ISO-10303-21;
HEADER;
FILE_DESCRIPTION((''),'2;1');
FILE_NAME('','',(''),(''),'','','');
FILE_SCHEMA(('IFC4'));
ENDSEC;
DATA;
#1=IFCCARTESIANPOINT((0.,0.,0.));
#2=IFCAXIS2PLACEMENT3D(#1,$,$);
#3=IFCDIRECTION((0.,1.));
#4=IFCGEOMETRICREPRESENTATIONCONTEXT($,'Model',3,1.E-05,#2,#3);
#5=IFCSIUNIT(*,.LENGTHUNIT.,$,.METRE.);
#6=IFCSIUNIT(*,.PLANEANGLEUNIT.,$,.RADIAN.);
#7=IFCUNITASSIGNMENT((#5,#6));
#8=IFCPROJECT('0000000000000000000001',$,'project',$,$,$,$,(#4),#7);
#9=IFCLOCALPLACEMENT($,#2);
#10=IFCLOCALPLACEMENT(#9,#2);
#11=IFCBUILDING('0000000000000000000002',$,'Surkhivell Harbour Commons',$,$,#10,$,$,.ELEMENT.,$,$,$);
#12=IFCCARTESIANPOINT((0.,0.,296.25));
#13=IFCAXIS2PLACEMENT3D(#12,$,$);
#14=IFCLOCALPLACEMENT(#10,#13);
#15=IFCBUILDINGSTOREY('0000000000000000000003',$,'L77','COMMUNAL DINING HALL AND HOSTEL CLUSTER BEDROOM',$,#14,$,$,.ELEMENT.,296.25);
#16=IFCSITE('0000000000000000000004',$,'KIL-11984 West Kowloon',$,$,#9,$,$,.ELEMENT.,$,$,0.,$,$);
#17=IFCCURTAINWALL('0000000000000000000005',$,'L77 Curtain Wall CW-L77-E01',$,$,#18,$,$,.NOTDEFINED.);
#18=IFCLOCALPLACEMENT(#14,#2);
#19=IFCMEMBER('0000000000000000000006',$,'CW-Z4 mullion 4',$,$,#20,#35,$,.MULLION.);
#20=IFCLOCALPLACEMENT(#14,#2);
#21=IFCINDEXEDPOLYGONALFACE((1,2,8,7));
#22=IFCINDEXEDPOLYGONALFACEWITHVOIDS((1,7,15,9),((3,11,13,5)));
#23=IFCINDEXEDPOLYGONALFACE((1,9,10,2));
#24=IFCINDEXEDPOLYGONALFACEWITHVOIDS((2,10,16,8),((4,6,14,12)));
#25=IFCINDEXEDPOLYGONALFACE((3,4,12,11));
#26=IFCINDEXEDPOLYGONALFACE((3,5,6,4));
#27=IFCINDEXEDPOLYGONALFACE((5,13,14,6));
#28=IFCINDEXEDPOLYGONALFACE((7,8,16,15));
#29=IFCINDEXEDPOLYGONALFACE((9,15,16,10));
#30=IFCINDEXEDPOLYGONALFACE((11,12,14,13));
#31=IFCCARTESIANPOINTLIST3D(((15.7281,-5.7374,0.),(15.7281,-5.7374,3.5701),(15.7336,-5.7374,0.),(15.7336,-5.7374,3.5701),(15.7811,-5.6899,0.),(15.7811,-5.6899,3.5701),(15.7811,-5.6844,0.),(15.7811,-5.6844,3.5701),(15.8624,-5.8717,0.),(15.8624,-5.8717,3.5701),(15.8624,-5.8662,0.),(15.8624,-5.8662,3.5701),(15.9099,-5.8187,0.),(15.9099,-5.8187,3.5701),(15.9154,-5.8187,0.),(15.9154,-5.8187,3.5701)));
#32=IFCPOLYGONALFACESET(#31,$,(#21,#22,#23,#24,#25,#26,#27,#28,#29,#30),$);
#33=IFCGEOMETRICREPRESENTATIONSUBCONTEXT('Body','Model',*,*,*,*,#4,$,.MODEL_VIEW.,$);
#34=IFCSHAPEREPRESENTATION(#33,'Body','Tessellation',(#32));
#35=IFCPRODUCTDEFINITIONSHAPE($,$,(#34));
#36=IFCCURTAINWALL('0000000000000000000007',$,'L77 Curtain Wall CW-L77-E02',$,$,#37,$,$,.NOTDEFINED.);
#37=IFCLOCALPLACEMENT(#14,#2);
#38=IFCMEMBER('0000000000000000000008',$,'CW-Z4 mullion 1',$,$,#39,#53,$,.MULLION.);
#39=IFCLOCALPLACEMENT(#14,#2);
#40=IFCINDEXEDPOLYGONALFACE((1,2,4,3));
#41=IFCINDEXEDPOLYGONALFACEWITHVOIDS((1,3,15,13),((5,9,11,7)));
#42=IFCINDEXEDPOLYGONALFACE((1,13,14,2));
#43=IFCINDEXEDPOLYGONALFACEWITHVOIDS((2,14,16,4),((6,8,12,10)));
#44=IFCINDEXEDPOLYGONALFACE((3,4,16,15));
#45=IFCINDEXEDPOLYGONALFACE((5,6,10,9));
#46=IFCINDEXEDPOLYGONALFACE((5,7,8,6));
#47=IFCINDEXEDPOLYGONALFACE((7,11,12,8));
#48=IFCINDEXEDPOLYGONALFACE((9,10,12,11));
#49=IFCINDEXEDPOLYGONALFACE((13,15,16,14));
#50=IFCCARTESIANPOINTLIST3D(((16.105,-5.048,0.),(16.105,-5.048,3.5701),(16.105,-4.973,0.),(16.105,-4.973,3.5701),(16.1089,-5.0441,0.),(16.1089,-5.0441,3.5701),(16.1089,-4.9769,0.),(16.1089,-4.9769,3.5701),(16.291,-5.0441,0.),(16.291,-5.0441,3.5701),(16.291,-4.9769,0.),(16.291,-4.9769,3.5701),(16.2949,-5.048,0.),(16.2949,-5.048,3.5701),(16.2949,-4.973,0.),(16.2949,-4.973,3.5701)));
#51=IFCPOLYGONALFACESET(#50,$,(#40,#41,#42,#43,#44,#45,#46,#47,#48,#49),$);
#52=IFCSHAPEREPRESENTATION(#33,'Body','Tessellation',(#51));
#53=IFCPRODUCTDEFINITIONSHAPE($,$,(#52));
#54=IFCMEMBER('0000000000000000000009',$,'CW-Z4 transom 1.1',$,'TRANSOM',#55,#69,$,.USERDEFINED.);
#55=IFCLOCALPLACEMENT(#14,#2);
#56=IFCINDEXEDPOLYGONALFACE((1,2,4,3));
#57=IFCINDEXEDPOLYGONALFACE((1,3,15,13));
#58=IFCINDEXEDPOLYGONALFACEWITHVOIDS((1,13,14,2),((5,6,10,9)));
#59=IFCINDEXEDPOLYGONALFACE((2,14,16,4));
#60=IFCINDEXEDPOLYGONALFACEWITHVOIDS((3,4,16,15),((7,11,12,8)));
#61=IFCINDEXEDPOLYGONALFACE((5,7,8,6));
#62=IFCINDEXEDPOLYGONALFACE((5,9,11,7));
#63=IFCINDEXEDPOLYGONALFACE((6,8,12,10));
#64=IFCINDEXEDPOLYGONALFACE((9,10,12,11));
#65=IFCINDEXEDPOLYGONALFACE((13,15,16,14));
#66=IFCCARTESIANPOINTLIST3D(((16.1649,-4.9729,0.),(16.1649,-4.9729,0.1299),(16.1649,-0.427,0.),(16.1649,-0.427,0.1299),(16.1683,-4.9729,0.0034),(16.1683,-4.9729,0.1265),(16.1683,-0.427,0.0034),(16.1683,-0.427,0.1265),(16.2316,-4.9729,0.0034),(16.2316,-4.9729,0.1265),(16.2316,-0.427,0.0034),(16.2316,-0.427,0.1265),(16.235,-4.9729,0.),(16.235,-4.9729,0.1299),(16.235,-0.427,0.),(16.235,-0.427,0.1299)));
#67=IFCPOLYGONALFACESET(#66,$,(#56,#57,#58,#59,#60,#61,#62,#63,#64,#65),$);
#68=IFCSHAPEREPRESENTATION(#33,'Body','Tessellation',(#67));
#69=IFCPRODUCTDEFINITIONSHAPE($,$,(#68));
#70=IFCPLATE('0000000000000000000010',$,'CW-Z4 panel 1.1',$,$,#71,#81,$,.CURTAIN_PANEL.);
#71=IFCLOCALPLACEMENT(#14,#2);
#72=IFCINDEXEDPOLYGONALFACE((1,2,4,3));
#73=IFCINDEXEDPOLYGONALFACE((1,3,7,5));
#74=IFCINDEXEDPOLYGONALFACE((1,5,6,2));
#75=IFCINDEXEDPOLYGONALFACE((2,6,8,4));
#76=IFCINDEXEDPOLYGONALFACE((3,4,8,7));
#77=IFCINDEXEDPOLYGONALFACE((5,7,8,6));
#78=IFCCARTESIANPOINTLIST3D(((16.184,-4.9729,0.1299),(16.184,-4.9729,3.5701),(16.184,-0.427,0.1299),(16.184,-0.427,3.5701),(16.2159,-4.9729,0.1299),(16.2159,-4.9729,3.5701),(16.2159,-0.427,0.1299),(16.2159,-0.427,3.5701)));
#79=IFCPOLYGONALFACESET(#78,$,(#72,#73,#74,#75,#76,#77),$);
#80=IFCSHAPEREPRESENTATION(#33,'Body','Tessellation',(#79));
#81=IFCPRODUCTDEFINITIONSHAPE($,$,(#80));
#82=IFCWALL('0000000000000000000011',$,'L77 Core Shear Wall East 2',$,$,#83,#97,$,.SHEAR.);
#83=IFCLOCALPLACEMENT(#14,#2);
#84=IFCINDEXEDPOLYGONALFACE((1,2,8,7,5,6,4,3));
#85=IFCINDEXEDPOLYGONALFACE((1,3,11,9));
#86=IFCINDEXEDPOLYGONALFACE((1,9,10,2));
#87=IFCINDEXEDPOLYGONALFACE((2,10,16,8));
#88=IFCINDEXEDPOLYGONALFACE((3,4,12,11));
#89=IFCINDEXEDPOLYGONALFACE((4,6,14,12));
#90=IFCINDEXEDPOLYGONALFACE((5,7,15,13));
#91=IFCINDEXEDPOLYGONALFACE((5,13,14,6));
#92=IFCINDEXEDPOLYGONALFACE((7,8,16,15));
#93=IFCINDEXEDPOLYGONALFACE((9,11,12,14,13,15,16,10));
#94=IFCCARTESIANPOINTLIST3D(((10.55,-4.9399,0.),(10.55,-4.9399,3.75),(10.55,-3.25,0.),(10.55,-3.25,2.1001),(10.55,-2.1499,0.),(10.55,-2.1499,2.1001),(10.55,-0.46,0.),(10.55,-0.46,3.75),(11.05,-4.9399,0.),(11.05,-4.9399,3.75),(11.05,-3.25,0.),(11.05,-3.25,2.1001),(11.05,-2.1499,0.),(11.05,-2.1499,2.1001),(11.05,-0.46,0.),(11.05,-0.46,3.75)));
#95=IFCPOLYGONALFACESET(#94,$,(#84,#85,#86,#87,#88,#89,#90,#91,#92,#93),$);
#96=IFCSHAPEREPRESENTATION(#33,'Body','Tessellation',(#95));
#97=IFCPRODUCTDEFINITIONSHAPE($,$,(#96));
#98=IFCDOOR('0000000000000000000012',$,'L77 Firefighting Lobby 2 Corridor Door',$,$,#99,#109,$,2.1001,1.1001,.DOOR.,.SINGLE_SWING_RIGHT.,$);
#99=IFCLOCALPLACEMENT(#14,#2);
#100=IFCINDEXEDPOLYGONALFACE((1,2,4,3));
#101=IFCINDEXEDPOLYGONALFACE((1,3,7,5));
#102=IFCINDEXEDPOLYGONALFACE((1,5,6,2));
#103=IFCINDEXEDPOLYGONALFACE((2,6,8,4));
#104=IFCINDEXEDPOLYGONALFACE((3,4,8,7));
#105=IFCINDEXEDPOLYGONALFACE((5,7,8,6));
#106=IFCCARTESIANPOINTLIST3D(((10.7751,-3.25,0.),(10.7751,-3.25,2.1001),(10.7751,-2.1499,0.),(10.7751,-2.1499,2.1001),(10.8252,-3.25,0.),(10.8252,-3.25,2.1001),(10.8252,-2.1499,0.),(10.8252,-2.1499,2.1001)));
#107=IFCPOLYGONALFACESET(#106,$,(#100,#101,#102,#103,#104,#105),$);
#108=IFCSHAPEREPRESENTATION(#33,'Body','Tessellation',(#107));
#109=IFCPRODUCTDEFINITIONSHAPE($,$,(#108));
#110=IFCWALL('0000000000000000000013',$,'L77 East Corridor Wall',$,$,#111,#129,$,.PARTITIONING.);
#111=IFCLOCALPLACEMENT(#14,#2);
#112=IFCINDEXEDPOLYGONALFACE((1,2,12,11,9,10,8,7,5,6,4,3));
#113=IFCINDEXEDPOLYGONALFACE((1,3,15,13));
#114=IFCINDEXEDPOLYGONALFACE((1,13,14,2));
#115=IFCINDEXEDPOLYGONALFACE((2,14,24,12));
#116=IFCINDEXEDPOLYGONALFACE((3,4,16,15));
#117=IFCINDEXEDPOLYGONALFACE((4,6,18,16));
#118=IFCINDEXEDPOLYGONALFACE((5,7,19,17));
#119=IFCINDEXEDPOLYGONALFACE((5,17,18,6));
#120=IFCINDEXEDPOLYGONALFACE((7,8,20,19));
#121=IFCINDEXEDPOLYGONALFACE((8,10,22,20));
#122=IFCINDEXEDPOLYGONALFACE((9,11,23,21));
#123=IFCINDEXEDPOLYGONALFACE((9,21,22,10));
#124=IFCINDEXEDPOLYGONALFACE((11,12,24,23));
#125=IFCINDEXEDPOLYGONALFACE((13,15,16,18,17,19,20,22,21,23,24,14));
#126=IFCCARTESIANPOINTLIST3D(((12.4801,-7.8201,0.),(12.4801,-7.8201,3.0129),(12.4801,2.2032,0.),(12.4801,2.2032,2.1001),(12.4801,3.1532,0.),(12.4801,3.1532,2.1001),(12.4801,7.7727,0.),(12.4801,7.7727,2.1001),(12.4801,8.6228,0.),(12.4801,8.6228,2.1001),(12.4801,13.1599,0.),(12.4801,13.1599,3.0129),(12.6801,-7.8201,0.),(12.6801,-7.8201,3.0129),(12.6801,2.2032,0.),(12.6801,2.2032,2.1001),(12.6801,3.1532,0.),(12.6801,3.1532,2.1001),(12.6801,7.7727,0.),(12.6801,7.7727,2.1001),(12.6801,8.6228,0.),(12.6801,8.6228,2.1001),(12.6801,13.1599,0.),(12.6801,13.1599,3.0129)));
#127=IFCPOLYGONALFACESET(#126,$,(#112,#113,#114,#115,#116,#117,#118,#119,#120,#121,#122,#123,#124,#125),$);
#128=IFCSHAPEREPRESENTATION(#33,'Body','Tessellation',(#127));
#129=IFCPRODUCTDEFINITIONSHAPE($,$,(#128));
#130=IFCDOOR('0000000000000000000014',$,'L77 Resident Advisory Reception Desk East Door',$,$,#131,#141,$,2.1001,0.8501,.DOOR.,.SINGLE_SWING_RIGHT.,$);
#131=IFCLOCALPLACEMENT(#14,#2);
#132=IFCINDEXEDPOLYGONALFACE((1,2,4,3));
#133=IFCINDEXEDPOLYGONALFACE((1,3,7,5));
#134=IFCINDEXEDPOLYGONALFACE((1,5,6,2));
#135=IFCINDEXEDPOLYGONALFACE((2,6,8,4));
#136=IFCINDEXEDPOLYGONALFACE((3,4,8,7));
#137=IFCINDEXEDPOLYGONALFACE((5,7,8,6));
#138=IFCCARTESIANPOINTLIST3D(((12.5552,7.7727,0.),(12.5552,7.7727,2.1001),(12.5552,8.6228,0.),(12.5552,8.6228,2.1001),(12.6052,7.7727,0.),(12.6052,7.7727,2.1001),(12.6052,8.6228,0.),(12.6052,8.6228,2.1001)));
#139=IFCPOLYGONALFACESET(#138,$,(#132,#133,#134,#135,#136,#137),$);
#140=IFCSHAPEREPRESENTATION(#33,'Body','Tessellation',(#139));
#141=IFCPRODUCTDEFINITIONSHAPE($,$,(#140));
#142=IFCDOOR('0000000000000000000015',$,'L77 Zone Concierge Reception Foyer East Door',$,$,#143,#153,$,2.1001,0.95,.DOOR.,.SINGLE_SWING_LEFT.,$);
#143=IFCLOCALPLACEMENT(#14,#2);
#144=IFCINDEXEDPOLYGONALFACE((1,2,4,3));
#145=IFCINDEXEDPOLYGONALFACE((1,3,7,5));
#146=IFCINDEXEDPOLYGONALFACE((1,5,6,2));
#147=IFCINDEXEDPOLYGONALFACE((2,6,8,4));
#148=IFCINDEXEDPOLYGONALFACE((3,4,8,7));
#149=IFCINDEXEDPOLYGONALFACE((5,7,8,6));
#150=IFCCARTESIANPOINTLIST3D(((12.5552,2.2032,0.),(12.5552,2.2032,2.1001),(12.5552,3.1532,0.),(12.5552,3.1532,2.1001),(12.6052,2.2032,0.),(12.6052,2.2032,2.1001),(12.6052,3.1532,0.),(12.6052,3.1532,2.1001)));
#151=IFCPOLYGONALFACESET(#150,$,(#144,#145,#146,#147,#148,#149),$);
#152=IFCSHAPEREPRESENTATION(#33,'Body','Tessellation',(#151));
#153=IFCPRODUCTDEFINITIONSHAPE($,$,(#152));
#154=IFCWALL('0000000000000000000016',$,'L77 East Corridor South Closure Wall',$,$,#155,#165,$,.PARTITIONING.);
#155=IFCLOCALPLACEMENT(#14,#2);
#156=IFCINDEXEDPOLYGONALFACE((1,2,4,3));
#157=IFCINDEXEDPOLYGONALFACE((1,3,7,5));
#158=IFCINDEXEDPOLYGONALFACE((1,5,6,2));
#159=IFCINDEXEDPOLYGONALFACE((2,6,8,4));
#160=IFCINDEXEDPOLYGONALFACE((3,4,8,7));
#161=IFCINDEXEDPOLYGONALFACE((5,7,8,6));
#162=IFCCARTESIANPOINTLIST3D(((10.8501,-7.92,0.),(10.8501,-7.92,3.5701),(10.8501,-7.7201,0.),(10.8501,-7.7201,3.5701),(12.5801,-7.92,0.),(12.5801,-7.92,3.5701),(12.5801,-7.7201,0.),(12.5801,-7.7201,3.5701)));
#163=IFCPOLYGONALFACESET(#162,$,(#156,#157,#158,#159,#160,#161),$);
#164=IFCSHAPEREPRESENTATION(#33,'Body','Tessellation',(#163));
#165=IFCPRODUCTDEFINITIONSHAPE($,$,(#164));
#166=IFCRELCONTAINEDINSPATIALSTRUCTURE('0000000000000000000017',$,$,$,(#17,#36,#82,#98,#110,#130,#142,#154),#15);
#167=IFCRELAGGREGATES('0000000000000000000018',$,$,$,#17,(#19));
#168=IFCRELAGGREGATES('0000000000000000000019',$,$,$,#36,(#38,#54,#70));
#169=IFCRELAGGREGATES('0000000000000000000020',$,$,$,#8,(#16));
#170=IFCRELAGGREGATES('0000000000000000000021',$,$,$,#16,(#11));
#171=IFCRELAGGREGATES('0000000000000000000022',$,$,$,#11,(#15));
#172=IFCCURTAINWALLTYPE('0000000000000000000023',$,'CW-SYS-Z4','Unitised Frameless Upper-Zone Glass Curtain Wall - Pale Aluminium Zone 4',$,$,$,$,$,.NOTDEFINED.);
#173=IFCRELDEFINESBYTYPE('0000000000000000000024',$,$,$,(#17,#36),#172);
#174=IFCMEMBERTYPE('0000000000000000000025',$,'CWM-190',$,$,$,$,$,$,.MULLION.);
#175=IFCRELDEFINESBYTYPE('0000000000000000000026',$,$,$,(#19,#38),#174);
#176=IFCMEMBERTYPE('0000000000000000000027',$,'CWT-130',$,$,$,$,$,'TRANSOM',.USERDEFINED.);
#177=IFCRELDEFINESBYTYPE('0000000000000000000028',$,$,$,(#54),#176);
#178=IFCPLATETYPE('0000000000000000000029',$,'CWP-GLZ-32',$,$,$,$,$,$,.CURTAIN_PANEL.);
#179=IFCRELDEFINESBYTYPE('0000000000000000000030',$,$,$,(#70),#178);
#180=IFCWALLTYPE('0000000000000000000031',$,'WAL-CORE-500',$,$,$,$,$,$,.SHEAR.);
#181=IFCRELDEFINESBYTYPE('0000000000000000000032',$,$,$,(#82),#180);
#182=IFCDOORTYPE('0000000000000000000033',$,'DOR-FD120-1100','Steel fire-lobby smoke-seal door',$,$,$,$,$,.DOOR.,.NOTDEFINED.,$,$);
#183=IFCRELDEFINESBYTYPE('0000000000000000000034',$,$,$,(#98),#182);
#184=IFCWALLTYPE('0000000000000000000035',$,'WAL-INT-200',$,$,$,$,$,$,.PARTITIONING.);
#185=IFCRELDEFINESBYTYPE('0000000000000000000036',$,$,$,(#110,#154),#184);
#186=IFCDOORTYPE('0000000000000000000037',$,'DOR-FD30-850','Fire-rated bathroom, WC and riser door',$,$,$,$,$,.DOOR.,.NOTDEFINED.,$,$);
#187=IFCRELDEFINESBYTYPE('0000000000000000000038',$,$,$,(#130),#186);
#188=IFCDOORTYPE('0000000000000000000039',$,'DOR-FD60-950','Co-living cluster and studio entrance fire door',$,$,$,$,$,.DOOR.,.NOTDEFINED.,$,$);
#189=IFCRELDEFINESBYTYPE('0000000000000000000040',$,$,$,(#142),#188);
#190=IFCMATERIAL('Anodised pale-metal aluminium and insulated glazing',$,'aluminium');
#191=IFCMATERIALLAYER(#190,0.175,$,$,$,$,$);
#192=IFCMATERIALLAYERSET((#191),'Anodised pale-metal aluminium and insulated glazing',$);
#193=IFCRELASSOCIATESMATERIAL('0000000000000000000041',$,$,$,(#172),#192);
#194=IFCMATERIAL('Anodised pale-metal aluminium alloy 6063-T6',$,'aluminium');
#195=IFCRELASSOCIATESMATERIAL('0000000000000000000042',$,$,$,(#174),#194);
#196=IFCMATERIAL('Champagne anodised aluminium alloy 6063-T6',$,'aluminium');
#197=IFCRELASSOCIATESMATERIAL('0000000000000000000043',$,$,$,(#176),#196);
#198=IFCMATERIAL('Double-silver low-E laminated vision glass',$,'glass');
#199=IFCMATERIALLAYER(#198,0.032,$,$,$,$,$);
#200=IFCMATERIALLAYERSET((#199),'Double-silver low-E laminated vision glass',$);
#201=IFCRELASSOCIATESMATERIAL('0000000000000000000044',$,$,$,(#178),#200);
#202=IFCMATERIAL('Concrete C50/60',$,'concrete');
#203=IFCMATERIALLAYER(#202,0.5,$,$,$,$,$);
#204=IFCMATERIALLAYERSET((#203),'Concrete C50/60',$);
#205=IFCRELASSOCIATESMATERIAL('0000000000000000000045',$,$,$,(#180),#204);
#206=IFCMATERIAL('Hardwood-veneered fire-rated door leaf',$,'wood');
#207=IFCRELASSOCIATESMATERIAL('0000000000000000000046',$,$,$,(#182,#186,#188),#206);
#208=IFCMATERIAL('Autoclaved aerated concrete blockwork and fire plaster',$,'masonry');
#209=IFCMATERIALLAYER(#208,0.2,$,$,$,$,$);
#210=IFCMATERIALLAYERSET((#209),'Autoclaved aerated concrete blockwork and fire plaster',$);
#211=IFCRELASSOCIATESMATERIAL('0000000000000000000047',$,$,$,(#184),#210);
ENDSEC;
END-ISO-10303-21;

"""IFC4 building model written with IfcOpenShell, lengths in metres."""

from ifc_helpers import new_model, si_unit, direction, frame, frame_2d, origin, origin_2d, place, context, subcontext, project, spatial, rectangle, hollow_rectangle, extrude, material, layer, layer_set, material_profile, profile_set, type_object, element, fill, aggregate, save


model = new_model("IFC4")

# Units and contexts
model_context = context("Model", 3, precision=1e-05, world=origin(), true_north=direction((0.0, 1.0)))
body_context = subcontext(model_context, "Body", "Model", "MODEL_VIEW")
ifc_project = project(units=[si_unit("LENGTHUNIT", "METRE"), si_unit("PLANEANGLEUNIT", "RADIAN")], contexts=[model_context])

# Site, building, storey
site_placement = place(None, origin())
site = spatial("IfcSite", under=ifc_project, at=site_placement, Name="KIL-11984 West Kowloon", CompositionType="ELEMENT", RefElevation=0.0)
building_placement = place(site_placement, origin())
building = spatial("IfcBuilding", under=site, at=building_placement, Name="Surkhivell Harbour Commons", CompositionType="ELEMENT")
storey_placement = place(building_placement, frame((0.0, 0.0, 296.25)))
storey = spatial("IfcBuildingStorey", under=building, at=storey_placement, Name="L77", Description="COMMUNAL DINING HALL AND HOSTEL CLUSTER BEDROOM", CompositionType="ELEMENT", Elevation=296.25)

# Shared definitions
ifc_material_1 = material(Name="Concrete C50/60", Category="concrete")

# Curtain wall, member
ifc_material_2 = material(Name="Anodised pale-metal aluminium and insulated glazing", Category="aluminium")
ifc_layer_1 = layer(ifc_material_2, 0.175)
ifc_layer_set_1 = layer_set([ifc_layer_1], Name="Anodised pale-metal aluminium and insulated glazing")
curtain_wall_type = type_object("IfcCurtainWallType", Name="CW-SYS-Z4", Description="Unitised Frameless Upper-Zone Glass Curtain Wall - Pale Aluminium Zone 4", PredefinedType="NOTDEFINED", material=ifc_layer_set_1)
curtain_wall_1_placement = place(storey_placement, origin())
curtain_wall_1 = element("IfcCurtainWall", 1, at=curtain_wall_1_placement, inside=storey, type_object=curtain_wall_type, Name="L77 Curtain Wall CW-L77-E01", PredefinedType="NOTDEFINED")
ifc_material_3 = material(Name="Anodised pale-metal aluminium alloy 6063-T6", Category="aluminium")
ifc_material_profile_1 = material_profile(ifc_material_3, hollow_rectangle(XDim=0.075, YDim=0.1899, WallThickness=0.0039, at=origin_2d()), Name="ALU-MULL-75x190")
ifc_profile_set_1 = profile_set([ifc_material_profile_1], Name="Anodised pale-metal aluminium alloy 6063-T6")
member_type_1 = type_object("IfcMemberType", Name="CWM-190", PredefinedType="MULLION", material=ifc_profile_set_1)
member_1_placement = place(storey_placement, frame((15.8218, -5.7781, 0.0), z_axis=(0.0, 0.0, 1.0), x_axis=(0.707107, 0.707107, 0.0)))
member_1 = element("IfcMember", 2, at=member_1_placement, type_object=member_type_1, Name="CW-Z4 mullion 4", PredefinedType="MULLION", context=body_context, shape_type="SweptSolid", body=[
    extrude(hollow_rectangle(XDim=0.075, YDim=0.1899, WallThickness=0.0039, at=origin_2d()), origin(), (0.0, 0.0, 1.0), 3.5701),
])
aggregate(curtain_wall_1, [member_1])

# Curtain wall, members, plate
curtain_wall_2_placement = place(storey_placement, origin())
curtain_wall_2 = element("IfcCurtainWall", 3, at=curtain_wall_2_placement, inside=storey, type_object=curtain_wall_type, Name="L77 Curtain Wall CW-L77-E02", PredefinedType="NOTDEFINED")
member_2_placement = place(storey_placement, frame((16.2, -5.0105, 0.0), z_axis=(0.0, 0.0, 1.0), x_axis=(0.0, 1.0, 0.0)))
member_2 = element("IfcMember", 4, at=member_2_placement, type_object=member_type_1, Name="CW-Z4 mullion 1", PredefinedType="MULLION", context=body_context, shape_type="SweptSolid", body=[
    extrude(hollow_rectangle(XDim=0.075, YDim=0.1899, WallThickness=0.0039, at=origin_2d()), origin(), (0.0, 0.0, 1.0), 3.5701),
])
ifc_material_4 = material(Name="Champagne anodised aluminium alloy 6063-T6", Category="aluminium")
ifc_material_profile_2 = material_profile(ifc_material_4, hollow_rectangle(XDim=0.0701, YDim=0.1299, WallThickness=0.0034, at=origin_2d()), Name="ALU-TRAN-70x130")
ifc_profile_set_2 = profile_set([ifc_material_profile_2], Name="Champagne anodised aluminium alloy 6063-T6")
member_type_2 = type_object("IfcMemberType", Name="CWT-130", ElementType="TRANSOM", PredefinedType="USERDEFINED", material=ifc_profile_set_2)
member_3_placement = place(storey_placement, frame((16.2, -4.9729, 0.0649), z_axis=(0.0, 1.0, 0.0), x_axis=(-1.0, 0.0, 0.0)))
member_3 = element("IfcMember", 5, at=member_3_placement, type_object=member_type_2, Name="CW-Z4 transom 1.1", ObjectType="TRANSOM", PredefinedType="USERDEFINED", context=body_context, shape_type="SweptSolid", body=[
    extrude(hollow_rectangle(XDim=0.0701, YDim=0.1299, WallThickness=0.0034, at=origin_2d()), origin(), (0.0, 0.0, 1.0), 4.5459),
])
ifc_material_5 = material(Name="Double-silver low-E laminated vision glass", Category="glass")
ifc_layer_2 = layer(ifc_material_5, 0.032)
ifc_layer_set_2 = layer_set([ifc_layer_2], Name="Double-silver low-E laminated vision glass")
plate_type = type_object("IfcPlateType", Name="CWP-GLZ-32", PredefinedType="CURTAIN_PANEL", material=ifc_layer_set_2)
plate_placement = place(storey_placement, frame((16.2, -4.9729, 0.1299), z_axis=(0.0, 0.0, 1.0), x_axis=(0.0, 1.0, 0.0)))
plate = element("IfcPlate", 6, at=plate_placement, type_object=plate_type, Name="CW-Z4 panel 1.1", PredefinedType="CURTAIN_PANEL", context=body_context, shape_type="SweptSolid", body=[
    extrude(rectangle(XDim=4.5459, YDim=0.032, at=frame_2d((2.2729, 0.0))), origin(), (0.0, 0.0, 1.0), 3.4402),
])
aggregate(curtain_wall_2, [member_2, member_3, plate])

# Wall, opening, door
ifc_layer_3 = layer(ifc_material_1, 0.5)
ifc_layer_set_3 = layer_set([ifc_layer_3], Name="Concrete C50/60")
wall_type_1 = type_object("IfcWallType", Name="WAL-CORE-500", PredefinedType="SHEAR", material=ifc_layer_set_3)
wall_1_placement = place(storey_placement, frame((10.8, -4.9399, 0.0), z_axis=(0.0, 0.0, 1.0), x_axis=(0.0, 1.0, 0.0)))
wall_1 = element("IfcWall", 7, at=wall_1_placement, inside=storey, type_object=wall_type_1, Name="L77 Core Shear Wall East 2", PredefinedType="SHEAR", context=body_context, shape_type="SweptSolid", body=[
    extrude(rectangle(XDim=4.48, YDim=0.5, at=frame_2d((2.24, 0.0))), origin(), (0.0, 0.0, 1.0), 3.75),
])
opening_1_placement = place(wall_1_placement, frame((1.6899, 0.0, 0.0)))
opening_1 = element("IfcOpeningElement", 8, at=opening_1_placement, cuts=wall_1, PredefinedType="OPENING", context=body_context, shape_type="SweptSolid", body=[
    extrude(rectangle(XDim=1.1001, YDim=2.1001, at=frame_2d((0.55, 1.05))), frame((0.0, 0.26, 0.0), z_axis=(0.0, -1.0, 0.0), x_axis=(1.0, 0.0, 0.0)), (0.0, 0.0, 1.0), 0.52),
])
ifc_material_6 = material(Name="Hardwood-veneered fire-rated door leaf", Category="wood")
door_type_1 = type_object("IfcDoorType", Name="DOR-FD120-1100", Description="Steel fire-lobby smoke-seal door", OperationType="NOTDEFINED", PredefinedType="DOOR", material=ifc_material_6)
door_1_placement = place(opening_1_placement, origin())
door_1 = element("IfcDoor", 9, at=door_1_placement, inside=storey, type_object=door_type_1, Name="L77 Firefighting Lobby 2 Corridor Door", OperationType="SINGLE_SWING_RIGHT", OverallHeight=2.1001, OverallWidth=1.1001, PredefinedType="DOOR", context=body_context, shape_type="SweptSolid", body=[
    extrude(rectangle(XDim=1.1001, YDim=2.1001, at=frame_2d((0.55, 1.05))), frame((0.0, 0.0249, 0.0), z_axis=(0.0, -1.0, 0.0), x_axis=(1.0, 0.0, 0.0)), (0.0, 0.0, 1.0), 0.05),
])
fill(opening_1, door_1)

# Wall, openings, doors
ifc_material_7 = material(Name="Autoclaved aerated concrete blockwork and fire plaster", Category="masonry")
ifc_layer_4 = layer(ifc_material_7, 0.2)
ifc_layer_set_4 = layer_set([ifc_layer_4], Name="Autoclaved aerated concrete blockwork and fire plaster")
wall_type_2 = type_object("IfcWallType", Name="WAL-INT-200", PredefinedType="PARTITIONING", material=ifc_layer_set_4)
wall_2_placement = place(storey_placement, frame((12.5801, -7.8201, 0.0), z_axis=(0.0, 0.0, 1.0), x_axis=(0.0, 1.0, 0.0)))
wall_2 = element("IfcWall", 10, at=wall_2_placement, inside=storey, type_object=wall_type_2, Name="L77 East Corridor Wall", PredefinedType="PARTITIONING", context=body_context, shape_type="SweptSolid", body=[
    extrude(rectangle(XDim=20.98, YDim=0.2, at=frame_2d((10.49, 0.0))), origin(), (0.0, 0.0, 1.0), 3.0129),
])
opening_2_placement = place(wall_2_placement, frame((10.0232, 0.0, 0.0)))
opening_2 = element("IfcOpeningElement", 11, at=opening_2_placement, cuts=wall_2, PredefinedType="OPENING", context=body_context, shape_type="SweptSolid", body=[
    extrude(rectangle(XDim=0.95, YDim=2.1001, at=frame_2d((0.4751, 1.05))), frame((0.0, 0.1099, 0.0), z_axis=(0.0, -1.0, 0.0), x_axis=(1.0, 0.0, 0.0)), (0.0, 0.0, 1.0), 0.22),
])
opening_3_placement = place(wall_2_placement, frame((15.5928, 0.0, 0.0)))
opening_3 = element("IfcOpeningElement", 12, at=opening_3_placement, cuts=wall_2, PredefinedType="OPENING", context=body_context, shape_type="SweptSolid", body=[
    extrude(rectangle(XDim=0.8501, YDim=2.1001, at=frame_2d((0.425, 1.05))), frame((0.0, 0.1099, 0.0), z_axis=(0.0, -1.0, 0.0), x_axis=(1.0, 0.0, 0.0)), (0.0, 0.0, 1.0), 0.22),
])
door_type_2 = type_object("IfcDoorType", Name="DOR-FD30-850", Description="Fire-rated bathroom, WC and riser door", OperationType="NOTDEFINED", PredefinedType="DOOR", material=ifc_material_6)
door_2_placement = place(opening_3_placement, origin())
door_2 = element("IfcDoor", 13, at=door_2_placement, inside=storey, type_object=door_type_2, Name="L77 Resident Advisory Reception Desk East Door", OperationType="SINGLE_SWING_RIGHT", OverallHeight=2.1001, OverallWidth=0.8501, PredefinedType="DOOR", context=body_context, shape_type="SweptSolid", body=[
    extrude(rectangle(XDim=0.8501, YDim=2.1001, at=frame_2d((0.425, 1.05))), frame((0.0, 0.0249, 0.0), z_axis=(0.0, -1.0, 0.0), x_axis=(1.0, 0.0, 0.0)), (0.0, 0.0, 1.0), 0.05),
])
fill(opening_3, door_2)
door_type_3 = type_object("IfcDoorType", Name="DOR-FD60-950", Description="Co-living cluster and studio entrance fire door", OperationType="NOTDEFINED", PredefinedType="DOOR", material=ifc_material_6)
door_3_placement = place(opening_2_placement, origin())
door_3 = element("IfcDoor", 14, at=door_3_placement, inside=storey, type_object=door_type_3, Name="L77 Zone Concierge Reception Foyer East Door", OperationType="SINGLE_SWING_LEFT", OverallHeight=2.1001, OverallWidth=0.95, PredefinedType="DOOR", context=body_context, shape_type="SweptSolid", body=[
    extrude(rectangle(XDim=0.95, YDim=2.1001, at=frame_2d((0.4751, 1.05))), frame((0.0, 0.0249, 0.0), z_axis=(0.0, -1.0, 0.0), x_axis=(1.0, 0.0, 0.0)), (0.0, 0.0, 1.0), 0.05),
])
fill(opening_2, door_3)

# Wall
wall_3_placement = place(storey_placement, frame((10.8501, -7.8201, 0.0), z_axis=(0.0, 0.0, 1.0), x_axis=(1.0, 0.0, 0.0)))
element("IfcWall", 15, at=wall_3_placement, inside=storey, type_object=wall_type_2, Name="L77 East Corridor South Closure Wall", PredefinedType="PARTITIONING", context=body_context, shape_type="SweptSolid", body=[
    extrude(rectangle(XDim=1.73, YDim=0.2, at=frame_2d((0.865, 0.0))), origin(), (0.0, 0.0, 1.0), 3.5701),
])

save(model, "model.ifc")
